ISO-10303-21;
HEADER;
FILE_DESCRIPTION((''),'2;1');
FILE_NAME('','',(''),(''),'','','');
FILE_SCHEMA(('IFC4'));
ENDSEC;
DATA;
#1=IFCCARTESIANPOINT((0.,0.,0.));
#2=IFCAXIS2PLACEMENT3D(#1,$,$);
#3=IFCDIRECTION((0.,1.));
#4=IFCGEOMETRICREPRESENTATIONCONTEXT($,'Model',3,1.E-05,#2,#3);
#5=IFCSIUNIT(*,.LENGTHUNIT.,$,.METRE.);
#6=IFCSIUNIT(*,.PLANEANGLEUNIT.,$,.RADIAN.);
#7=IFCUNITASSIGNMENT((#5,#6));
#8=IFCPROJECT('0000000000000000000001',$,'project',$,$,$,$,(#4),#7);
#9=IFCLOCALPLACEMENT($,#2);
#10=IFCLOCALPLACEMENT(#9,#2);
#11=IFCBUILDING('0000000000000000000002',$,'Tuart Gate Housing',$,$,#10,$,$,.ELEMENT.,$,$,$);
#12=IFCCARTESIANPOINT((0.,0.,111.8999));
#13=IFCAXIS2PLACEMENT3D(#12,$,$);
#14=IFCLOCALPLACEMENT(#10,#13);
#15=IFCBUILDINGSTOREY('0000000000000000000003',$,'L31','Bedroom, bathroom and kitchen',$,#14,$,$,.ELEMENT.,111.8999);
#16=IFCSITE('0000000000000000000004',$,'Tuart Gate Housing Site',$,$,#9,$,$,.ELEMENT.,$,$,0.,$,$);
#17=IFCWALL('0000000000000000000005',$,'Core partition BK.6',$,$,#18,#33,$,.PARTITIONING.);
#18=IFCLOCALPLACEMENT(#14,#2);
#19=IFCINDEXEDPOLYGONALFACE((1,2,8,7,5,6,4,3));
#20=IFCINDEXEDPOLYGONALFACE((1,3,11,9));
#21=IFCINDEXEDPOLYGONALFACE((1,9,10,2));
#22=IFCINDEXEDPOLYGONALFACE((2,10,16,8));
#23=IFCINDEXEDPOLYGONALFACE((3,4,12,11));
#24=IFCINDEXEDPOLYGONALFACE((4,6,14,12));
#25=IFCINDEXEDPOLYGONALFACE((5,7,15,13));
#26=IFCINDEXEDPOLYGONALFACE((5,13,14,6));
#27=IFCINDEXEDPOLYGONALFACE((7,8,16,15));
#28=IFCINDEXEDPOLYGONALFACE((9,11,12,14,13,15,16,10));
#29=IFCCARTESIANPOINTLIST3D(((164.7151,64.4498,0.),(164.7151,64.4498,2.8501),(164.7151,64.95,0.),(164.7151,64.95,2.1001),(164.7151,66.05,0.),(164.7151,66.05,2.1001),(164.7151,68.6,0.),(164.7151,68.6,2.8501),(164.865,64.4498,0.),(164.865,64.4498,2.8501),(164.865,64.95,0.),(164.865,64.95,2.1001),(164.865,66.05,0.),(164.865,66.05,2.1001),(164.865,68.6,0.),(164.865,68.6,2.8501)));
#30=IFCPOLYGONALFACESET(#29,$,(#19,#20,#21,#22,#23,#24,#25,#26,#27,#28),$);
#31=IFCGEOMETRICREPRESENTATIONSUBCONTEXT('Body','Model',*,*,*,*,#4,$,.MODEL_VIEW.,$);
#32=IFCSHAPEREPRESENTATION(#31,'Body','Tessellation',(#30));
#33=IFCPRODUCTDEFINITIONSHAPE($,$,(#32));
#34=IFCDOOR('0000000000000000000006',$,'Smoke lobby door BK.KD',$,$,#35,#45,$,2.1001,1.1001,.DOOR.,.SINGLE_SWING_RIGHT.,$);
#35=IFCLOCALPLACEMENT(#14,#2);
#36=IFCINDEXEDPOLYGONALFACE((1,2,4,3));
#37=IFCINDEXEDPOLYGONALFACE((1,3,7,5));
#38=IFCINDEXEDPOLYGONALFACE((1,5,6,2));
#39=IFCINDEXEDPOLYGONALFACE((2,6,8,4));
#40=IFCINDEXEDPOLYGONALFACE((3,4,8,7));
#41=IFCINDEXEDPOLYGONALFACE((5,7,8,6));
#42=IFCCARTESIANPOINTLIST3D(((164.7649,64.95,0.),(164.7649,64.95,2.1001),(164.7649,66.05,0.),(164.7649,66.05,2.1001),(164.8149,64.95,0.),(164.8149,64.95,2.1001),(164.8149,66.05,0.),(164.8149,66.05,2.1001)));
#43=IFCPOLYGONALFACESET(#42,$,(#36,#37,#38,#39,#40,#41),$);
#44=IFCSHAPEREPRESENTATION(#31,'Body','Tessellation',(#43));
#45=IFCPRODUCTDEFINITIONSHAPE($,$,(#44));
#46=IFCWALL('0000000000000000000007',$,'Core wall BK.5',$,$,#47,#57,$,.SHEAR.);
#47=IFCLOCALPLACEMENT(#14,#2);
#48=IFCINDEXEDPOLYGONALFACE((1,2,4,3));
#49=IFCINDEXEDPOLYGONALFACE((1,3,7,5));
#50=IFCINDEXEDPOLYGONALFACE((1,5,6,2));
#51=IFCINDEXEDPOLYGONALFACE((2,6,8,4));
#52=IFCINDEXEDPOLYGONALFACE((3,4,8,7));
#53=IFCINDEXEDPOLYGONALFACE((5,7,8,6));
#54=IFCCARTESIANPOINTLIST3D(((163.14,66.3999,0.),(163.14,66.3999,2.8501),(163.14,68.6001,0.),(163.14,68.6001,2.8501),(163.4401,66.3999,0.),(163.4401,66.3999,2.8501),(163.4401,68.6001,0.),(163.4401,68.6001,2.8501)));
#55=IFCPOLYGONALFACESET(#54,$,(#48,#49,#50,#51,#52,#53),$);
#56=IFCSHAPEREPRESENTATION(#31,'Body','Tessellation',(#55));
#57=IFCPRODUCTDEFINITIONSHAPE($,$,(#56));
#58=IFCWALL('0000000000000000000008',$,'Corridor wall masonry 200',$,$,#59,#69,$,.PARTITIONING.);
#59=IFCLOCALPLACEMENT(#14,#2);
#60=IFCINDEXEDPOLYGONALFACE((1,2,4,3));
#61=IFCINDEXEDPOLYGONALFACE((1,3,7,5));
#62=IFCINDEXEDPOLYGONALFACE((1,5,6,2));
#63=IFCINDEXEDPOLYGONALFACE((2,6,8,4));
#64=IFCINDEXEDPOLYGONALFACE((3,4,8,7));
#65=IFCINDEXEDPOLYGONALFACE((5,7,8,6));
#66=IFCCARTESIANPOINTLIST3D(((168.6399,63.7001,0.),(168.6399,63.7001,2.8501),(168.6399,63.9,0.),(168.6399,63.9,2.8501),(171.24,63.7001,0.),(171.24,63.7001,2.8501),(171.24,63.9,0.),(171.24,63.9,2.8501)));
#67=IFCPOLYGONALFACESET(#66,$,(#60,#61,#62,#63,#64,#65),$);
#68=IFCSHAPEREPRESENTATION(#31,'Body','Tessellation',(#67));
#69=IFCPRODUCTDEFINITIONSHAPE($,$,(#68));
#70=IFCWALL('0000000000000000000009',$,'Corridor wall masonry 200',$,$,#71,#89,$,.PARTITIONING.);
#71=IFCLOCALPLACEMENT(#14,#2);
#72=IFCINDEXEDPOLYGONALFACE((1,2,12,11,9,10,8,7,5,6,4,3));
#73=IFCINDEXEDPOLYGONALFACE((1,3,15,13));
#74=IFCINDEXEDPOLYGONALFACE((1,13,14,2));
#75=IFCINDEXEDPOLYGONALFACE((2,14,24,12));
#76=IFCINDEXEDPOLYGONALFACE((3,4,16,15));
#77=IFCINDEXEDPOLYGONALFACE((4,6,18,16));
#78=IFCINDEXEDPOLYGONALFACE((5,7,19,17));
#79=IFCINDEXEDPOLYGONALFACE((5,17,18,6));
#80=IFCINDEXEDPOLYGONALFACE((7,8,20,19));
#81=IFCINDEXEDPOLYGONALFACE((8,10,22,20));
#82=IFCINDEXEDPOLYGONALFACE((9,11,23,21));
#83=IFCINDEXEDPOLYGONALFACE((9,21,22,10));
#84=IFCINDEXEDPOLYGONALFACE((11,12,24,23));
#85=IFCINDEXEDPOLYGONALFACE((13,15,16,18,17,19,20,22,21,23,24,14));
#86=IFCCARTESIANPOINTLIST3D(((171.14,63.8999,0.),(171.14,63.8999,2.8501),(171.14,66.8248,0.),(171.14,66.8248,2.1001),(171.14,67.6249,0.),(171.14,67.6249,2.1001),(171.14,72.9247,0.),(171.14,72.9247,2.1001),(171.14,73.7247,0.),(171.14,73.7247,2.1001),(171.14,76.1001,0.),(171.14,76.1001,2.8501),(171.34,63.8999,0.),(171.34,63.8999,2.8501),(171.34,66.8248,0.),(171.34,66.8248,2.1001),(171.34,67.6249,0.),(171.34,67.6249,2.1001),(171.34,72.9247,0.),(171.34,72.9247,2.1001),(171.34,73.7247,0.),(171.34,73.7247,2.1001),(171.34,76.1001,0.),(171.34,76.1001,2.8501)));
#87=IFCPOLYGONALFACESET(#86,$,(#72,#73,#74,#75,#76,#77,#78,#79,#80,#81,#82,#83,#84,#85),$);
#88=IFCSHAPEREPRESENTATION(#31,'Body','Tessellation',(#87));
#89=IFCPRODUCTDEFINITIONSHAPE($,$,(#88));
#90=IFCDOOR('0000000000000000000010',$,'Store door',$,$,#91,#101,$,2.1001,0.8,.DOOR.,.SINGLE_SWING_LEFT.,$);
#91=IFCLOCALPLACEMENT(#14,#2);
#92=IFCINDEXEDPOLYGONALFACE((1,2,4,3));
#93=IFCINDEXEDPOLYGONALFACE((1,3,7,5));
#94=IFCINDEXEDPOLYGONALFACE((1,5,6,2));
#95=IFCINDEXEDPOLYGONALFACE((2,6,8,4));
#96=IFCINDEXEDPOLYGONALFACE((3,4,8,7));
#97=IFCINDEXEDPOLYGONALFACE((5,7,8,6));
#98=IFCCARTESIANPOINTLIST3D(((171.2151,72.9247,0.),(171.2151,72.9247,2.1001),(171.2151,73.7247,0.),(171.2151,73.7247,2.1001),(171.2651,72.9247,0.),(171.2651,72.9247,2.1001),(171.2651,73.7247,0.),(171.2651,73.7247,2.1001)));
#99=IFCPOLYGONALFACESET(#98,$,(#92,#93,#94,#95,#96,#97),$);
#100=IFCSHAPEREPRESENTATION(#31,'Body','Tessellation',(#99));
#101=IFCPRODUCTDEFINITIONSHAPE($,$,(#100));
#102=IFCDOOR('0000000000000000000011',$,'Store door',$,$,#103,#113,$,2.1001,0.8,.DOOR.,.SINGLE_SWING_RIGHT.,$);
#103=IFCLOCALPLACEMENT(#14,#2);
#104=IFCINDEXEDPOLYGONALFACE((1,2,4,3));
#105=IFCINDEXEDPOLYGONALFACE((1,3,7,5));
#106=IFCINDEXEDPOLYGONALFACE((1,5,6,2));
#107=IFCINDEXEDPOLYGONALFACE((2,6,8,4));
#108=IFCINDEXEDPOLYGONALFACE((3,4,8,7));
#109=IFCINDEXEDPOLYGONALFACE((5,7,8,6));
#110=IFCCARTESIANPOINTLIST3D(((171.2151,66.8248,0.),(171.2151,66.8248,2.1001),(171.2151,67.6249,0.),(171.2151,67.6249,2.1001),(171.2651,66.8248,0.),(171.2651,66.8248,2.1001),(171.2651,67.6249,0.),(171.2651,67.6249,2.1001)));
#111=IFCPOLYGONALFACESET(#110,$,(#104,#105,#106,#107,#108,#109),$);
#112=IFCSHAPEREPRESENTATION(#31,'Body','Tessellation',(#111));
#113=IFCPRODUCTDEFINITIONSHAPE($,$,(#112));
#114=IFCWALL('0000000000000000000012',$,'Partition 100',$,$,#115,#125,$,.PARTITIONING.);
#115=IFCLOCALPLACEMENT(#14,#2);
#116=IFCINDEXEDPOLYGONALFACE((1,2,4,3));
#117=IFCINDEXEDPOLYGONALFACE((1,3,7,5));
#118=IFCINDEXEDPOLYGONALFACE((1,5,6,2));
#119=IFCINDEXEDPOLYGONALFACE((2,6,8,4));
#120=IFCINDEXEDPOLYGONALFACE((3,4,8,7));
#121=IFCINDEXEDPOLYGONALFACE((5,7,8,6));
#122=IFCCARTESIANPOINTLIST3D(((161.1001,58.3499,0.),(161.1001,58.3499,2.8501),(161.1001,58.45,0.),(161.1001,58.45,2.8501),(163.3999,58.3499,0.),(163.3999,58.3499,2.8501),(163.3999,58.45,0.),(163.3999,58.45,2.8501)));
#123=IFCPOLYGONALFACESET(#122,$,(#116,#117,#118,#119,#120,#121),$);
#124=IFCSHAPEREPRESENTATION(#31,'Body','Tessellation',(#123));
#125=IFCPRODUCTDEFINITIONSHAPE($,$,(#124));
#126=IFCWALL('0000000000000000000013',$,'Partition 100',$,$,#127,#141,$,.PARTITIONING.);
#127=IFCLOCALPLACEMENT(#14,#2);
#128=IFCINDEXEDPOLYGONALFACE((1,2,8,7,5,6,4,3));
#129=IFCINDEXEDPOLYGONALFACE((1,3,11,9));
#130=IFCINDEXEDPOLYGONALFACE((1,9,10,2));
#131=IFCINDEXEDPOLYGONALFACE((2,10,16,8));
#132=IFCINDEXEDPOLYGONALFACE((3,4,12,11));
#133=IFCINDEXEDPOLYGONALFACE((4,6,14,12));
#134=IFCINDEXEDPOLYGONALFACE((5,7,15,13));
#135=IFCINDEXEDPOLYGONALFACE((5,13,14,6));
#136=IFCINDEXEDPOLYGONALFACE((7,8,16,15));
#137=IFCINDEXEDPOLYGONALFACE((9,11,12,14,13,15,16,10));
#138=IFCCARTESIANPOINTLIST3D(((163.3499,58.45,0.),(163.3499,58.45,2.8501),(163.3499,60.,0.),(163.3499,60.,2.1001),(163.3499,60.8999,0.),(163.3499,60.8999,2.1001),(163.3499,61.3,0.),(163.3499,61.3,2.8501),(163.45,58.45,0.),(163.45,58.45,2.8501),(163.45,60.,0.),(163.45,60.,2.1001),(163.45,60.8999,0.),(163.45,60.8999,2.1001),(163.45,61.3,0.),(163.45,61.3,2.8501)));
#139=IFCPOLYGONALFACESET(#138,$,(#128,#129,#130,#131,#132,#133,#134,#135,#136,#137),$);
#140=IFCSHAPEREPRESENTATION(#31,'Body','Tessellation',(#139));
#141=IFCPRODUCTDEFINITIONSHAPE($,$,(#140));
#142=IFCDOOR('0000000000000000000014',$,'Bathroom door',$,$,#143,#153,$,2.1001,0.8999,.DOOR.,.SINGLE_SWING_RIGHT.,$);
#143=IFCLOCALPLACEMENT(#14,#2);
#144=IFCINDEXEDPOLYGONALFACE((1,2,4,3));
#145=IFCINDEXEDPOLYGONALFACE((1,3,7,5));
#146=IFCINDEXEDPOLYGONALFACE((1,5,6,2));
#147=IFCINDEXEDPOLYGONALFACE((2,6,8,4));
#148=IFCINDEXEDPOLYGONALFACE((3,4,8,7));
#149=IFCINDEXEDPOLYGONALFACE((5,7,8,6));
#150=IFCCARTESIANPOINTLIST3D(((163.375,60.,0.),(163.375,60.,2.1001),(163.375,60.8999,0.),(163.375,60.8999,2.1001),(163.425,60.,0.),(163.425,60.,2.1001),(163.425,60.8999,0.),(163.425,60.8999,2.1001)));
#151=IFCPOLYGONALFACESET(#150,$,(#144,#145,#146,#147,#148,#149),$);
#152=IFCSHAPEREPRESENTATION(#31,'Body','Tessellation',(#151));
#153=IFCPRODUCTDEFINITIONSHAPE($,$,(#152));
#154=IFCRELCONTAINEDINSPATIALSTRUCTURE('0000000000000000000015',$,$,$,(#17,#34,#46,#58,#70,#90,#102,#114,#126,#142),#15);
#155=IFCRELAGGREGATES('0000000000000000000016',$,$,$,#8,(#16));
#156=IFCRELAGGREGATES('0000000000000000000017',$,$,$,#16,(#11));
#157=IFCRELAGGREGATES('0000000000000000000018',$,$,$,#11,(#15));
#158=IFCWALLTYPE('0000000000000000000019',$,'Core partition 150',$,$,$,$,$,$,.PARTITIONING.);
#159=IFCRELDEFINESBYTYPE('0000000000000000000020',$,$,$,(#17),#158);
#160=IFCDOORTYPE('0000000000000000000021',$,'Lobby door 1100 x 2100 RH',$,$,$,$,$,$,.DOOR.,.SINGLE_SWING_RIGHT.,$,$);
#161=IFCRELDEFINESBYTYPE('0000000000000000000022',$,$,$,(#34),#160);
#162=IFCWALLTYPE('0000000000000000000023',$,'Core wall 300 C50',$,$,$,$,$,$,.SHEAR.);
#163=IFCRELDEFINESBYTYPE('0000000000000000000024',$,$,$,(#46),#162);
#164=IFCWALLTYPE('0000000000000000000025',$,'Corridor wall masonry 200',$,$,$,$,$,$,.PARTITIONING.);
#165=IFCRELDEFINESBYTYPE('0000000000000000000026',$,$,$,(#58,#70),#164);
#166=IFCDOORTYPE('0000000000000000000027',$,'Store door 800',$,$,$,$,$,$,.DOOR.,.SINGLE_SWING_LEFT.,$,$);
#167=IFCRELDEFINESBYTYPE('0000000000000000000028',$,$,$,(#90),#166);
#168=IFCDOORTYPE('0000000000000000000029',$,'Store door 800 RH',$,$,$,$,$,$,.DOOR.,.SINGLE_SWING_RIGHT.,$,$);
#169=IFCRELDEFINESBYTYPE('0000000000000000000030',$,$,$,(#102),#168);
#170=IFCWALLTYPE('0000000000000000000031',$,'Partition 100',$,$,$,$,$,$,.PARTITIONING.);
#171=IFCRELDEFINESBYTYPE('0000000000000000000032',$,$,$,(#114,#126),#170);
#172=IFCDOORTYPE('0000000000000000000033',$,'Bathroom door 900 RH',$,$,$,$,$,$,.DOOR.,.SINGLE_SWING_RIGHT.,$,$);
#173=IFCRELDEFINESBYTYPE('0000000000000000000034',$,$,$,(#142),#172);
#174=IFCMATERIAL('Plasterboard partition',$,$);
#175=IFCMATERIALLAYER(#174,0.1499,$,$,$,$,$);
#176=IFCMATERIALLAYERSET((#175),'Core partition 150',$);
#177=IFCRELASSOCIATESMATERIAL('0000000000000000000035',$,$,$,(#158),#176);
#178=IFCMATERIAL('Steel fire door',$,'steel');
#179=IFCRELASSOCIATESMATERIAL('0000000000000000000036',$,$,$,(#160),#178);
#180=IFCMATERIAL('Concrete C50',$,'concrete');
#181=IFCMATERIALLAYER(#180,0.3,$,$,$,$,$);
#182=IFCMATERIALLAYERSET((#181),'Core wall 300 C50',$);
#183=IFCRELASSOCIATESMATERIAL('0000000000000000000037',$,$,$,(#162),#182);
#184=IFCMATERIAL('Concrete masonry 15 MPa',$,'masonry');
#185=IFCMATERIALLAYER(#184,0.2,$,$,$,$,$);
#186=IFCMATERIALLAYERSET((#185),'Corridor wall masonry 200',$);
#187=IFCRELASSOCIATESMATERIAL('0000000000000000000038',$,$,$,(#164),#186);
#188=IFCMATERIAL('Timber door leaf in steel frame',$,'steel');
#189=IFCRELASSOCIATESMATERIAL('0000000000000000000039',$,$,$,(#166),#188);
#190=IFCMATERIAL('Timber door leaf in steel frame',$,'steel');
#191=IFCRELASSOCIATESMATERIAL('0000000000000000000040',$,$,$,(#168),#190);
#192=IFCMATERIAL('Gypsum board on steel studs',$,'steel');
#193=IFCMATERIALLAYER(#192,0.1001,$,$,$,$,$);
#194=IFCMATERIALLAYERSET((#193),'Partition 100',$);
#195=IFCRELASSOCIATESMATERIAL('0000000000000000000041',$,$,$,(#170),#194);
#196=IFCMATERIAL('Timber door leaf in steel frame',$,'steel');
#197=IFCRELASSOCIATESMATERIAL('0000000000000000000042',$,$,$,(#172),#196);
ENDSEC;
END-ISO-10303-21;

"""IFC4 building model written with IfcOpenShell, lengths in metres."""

from ifc_helpers import new_model, si_unit, direction, frame, frame_2d, origin, place, context, subcontext, project, spatial, rectangle, extrude, material, layer, layer_set, type_object, element, fill, save


model = new_model("IFC4")

# Units and contexts
model_context = context("Model", 3, precision=1e-05, world=origin(), true_north=direction((0.0, 1.0)))
body_context = subcontext(model_context, "Body", "Model", "MODEL_VIEW")
ifc_project = project(units=[si_unit("LENGTHUNIT", "METRE"), si_unit("PLANEANGLEUNIT", "RADIAN")], contexts=[model_context])

# Site, building, storey
site_placement = place(None, origin())
site = spatial("IfcSite", under=ifc_project, at=site_placement, Name="Tuart Gate Housing Site", CompositionType="ELEMENT", RefElevation=0.0)
building_placement = place(site_placement, origin())
building = spatial("IfcBuilding", under=site, at=building_placement, Name="Tuart Gate Housing", CompositionType="ELEMENT")
storey_placement = place(building_placement, frame((0.0, 0.0, 111.8999)))
storey = spatial("IfcBuildingStorey", under=building, at=storey_placement, Name="L31", Description="Bedroom, bathroom and kitchen", CompositionType="ELEMENT", Elevation=111.8999)

# Wall, opening, door
ifc_material_1 = material(Name="Plasterboard partition")
ifc_layer_1 = layer(ifc_material_1, 0.1499)
ifc_layer_set_1 = layer_set([ifc_layer_1], Name="Core partition 150")
wall_type_1 = type_object("IfcWallType", Name="Core partition 150", PredefinedType="PARTITIONING", material=ifc_layer_set_1)
wall_1_placement = place(storey_placement, frame((164.79, 68.6001, 0.0), z_axis=(0.0, 0.0, 1.0), x_axis=(0.0, -1.0, 0.0)))
wall_1 = element("IfcWall", 1, at=wall_1_placement, inside=storey, type_object=wall_type_1, Name="Core partition BK.6", PredefinedType="PARTITIONING", context=body_context, shape_type="SweptSolid", body=[
    extrude(rectangle(XDim=4.1501, YDim=0.1499, at=frame_2d((2.0752, 0.0))), origin(), (0.0, 0.0, 1.0), 2.8501),
])
opening_1_placement = place(wall_1_placement, frame((2.55, 0.0, 0.0)))
opening_1 = element("IfcOpeningElement", 2, at=opening_1_placement, cuts=wall_1, PredefinedType="OPENING", context=body_context, shape_type="SweptSolid", body=[
    extrude(rectangle(XDim=1.1001, YDim=2.1001, at=frame_2d((0.55, 1.05))), frame((0.0, 0.085, 0.0), z_axis=(0.0, -1.0, 0.0), x_axis=(1.0, 0.0, 0.0)), (0.0, 0.0, 1.0), 0.1699),
])
ifc_material_2 = material(Name="Steel fire door", Category="steel")
door_type_1 = type_object("IfcDoorType", Name="Lobby door 1100 x 2100 RH", OperationType="SINGLE_SWING_RIGHT", PredefinedType="DOOR", material=ifc_material_2)
door_1_placement = place(opening_1_placement, origin())
door_1 = element("IfcDoor", 3, at=door_1_placement, inside=storey, type_object=door_type_1, Name="Smoke lobby door BK.KD", OperationType="SINGLE_SWING_RIGHT", OverallHeight=2.1001, OverallWidth=1.1001, PredefinedType="DOOR", context=body_context, shape_type="SweptSolid", body=[
    extrude(rectangle(XDim=1.1001, YDim=2.1001, at=frame_2d((0.55, 1.05))), frame((0.0, 0.0249, 0.0), z_axis=(0.0, -1.0, 0.0), x_axis=(1.0, 0.0, 0.0)), (0.0, 0.0, 1.0), 0.05),
])
fill(opening_1, door_1)

# Walls
ifc_material_3 = material(Name="Concrete C50", Category="concrete")
ifc_layer_2 = layer(ifc_material_3, 0.3)
ifc_layer_set_2 = layer_set([ifc_layer_2], Name="Core wall 300 C50")
wall_type_2 = type_object("IfcWallType", Name="Core wall 300 C50", PredefinedType="SHEAR", material=ifc_layer_set_2)
wall_2_placement = place(storey_placement, frame((163.29, 68.6001, 0.0), z_axis=(0.0, 0.0, 1.0), x_axis=(0.0, -1.0, 0.0)))
element("IfcWall", 4, at=wall_2_placement, inside=storey, type_object=wall_type_2, Name="Core wall BK.5", PredefinedType="SHEAR", context=body_context, shape_type="SweptSolid", body=[
    extrude(rectangle(XDim=2.2002, YDim=0.3, at=frame_2d((1.1001, 0.0))), origin(), (0.0, 0.0, 1.0), 2.8501),
])
ifc_material_4 = material(Name="Concrete masonry 15 MPa", Category="masonry")
ifc_layer_3 = layer(ifc_material_4, 0.2)
ifc_layer_set_3 = layer_set([ifc_layer_3], Name="Corridor wall masonry 200")
wall_type_3 = type_object("IfcWallType", Name="Corridor wall masonry 200", PredefinedType="PARTITIONING", material=ifc_layer_set_3)
wall_3_placement = place(storey_placement, frame((168.6399, 63.8, 0.0), z_axis=(0.0, 0.0, 1.0), x_axis=(1.0, 0.0, 0.0)))
element("IfcWall", 5, at=wall_3_placement, inside=storey, type_object=wall_type_3, Name="Corridor wall masonry 200", PredefinedType="PARTITIONING", context=body_context, shape_type="SweptSolid", body=[
    extrude(rectangle(XDim=2.6001, YDim=0.2, at=frame_2d((1.3, 0.0))), origin(), (0.0, 0.0, 1.0), 2.8501),
])

# Wall, openings, doors
wall_4_placement = place(storey_placement, frame((171.24, 63.8999, 0.0), z_axis=(0.0, 0.0, 1.0), x_axis=(0.0, 1.0, 0.0)))
wall_4 = element("IfcWall", 6, at=wall_4_placement, inside=storey, type_object=wall_type_3, Name="Corridor wall masonry 200", PredefinedType="PARTITIONING", context=body_context, shape_type="SweptSolid", body=[
    extrude(rectangle(XDim=12.2002, YDim=0.2, at=frame_2d((6.1001, 0.0))), origin(), (0.0, 0.0, 1.0), 2.8501),
])
opening_2_placement = place(wall_4_placement, frame((2.925, 0.0, 0.0)))
opening_2 = element("IfcOpeningElement", 7, at=opening_2_placement, cuts=wall_4, PredefinedType="OPENING", context=body_context, shape_type="SweptSolid", body=[
    extrude(rectangle(XDim=0.8, YDim=2.1001, at=frame_2d((0.3999, 1.05))), frame((0.0, 0.1099, 0.0), z_axis=(0.0, -1.0, 0.0), x_axis=(1.0, 0.0, 0.0)), (0.0, 0.0, 1.0), 0.22),
])
opening_3_placement = place(wall_4_placement, frame((9.0249, 0.0, 0.0)))
opening_3 = element("IfcOpeningElement", 8, at=opening_3_placement, cuts=wall_4, PredefinedType="OPENING", context=body_context, shape_type="SweptSolid", body=[
    extrude(rectangle(XDim=0.8, YDim=2.1001, at=frame_2d((0.3999, 1.05))), frame((0.0, 0.1099, 0.0), z_axis=(0.0, -1.0, 0.0), x_axis=(1.0, 0.0, 0.0)), (0.0, 0.0, 1.0), 0.22),
])
ifc_material_5 = material(Name="Timber door leaf in steel frame", Category="steel")
door_type_2 = type_object("IfcDoorType", Name="Store door 800", OperationType="SINGLE_SWING_LEFT", PredefinedType="DOOR", material=ifc_material_5)
door_2_placement = place(opening_3_placement, origin())
door_2 = element("IfcDoor", 9, at=door_2_placement, inside=storey, type_object=door_type_2, Name="Store door", OperationType="SINGLE_SWING_LEFT", OverallHeight=2.1001, OverallWidth=0.8, PredefinedType="DOOR", context=body_context, shape_type="SweptSolid", body=[
    extrude(rectangle(XDim=0.8, YDim=2.1001, at=frame_2d((0.3999, 1.05))), frame((0.0, 0.0249, 0.0), z_axis=(0.0, -1.0, 0.0), x_axis=(1.0, 0.0, 0.0)), (0.0, 0.0, 1.0), 0.05),
])
fill(opening_3, door_2)
ifc_material_6 = material(Name="Timber door leaf in steel frame", Category="steel")
door_type_3 = type_object("IfcDoorType", Name="Store door 800 RH", OperationType="SINGLE_SWING_RIGHT", PredefinedType="DOOR", material=ifc_material_6)
door_3_placement = place(opening_2_placement, origin())
door_3 = element("IfcDoor", 10, at=door_3_placement, inside=storey, type_object=door_type_3, Name="Store door", OperationType="SINGLE_SWING_RIGHT", OverallHeight=2.1001, OverallWidth=0.8, PredefinedType="DOOR", context=body_context, shape_type="SweptSolid", body=[
    extrude(rectangle(XDim=0.8, YDim=2.1001, at=frame_2d((0.3999, 1.05))), frame((0.0, 0.0249, 0.0), z_axis=(0.0, -1.0, 0.0), x_axis=(1.0, 0.0, 0.0)), (0.0, 0.0, 1.0), 0.05),
])
fill(opening_2, door_3)

# Wall
ifc_material_7 = material(Name="Gypsum board on steel studs", Category="steel")
ifc_layer_4 = layer(ifc_material_7, 0.1001)
ifc_layer_set_4 = layer_set([ifc_layer_4], Name="Partition 100")
wall_type_4 = type_object("IfcWallType", Name="Partition 100", PredefinedType="PARTITIONING", material=ifc_layer_set_4)
wall_5_placement = place(storey_placement, frame((161.1001, 58.3999, 0.0), z_axis=(0.0, 0.0, 1.0), x_axis=(1.0, 0.0, 0.0)))
element("IfcWall", 11, at=wall_5_placement, inside=storey, type_object=wall_type_4, Name="Partition 100", PredefinedType="PARTITIONING", context=body_context, shape_type="SweptSolid", body=[
    extrude(rectangle(XDim=2.2998, YDim=0.1001, at=frame_2d((1.1499, 0.0))), origin(), (0.0, 0.0, 1.0), 2.8501),
])

# Wall, opening, door
wall_6_placement = place(storey_placement, frame((163.3999, 58.45, 0.0), z_axis=(0.0, 0.0, 1.0), x_axis=(0.0, 1.0, 0.0)))
wall_6 = element("IfcWall", 12, at=wall_6_placement, inside=storey, type_object=wall_type_4, Name="Partition 100", PredefinedType="PARTITIONING", context=body_context, shape_type="SweptSolid", body=[
    extrude(rectangle(XDim=2.8501, YDim=0.1001, at=frame_2d((1.425, 0.0))), origin(), (0.0, 0.0, 1.0), 2.8501),
])
opening_4_placement = place(wall_6_placement, frame((1.55, 0.0, 0.0)))
opening_4 = element("IfcOpeningElement", 13, at=opening_4_placement, cuts=wall_6, PredefinedType="OPENING", context=body_context, shape_type="SweptSolid", body=[
    extrude(rectangle(XDim=0.8999, YDim=2.1001, at=frame_2d((0.45, 1.05))), frame((0.0, 0.0601, 0.0), z_axis=(0.0, -1.0, 0.0), x_axis=(1.0, 0.0, 0.0)), (0.0, 0.0, 1.0), 0.1201),
])
ifc_material_8 = material(Name="Timber door leaf in steel frame", Category="steel")
door_type_4 = type_object("IfcDoorType", Name="Bathroom door 900 RH", OperationType="SINGLE_SWING_RIGHT", PredefinedType="DOOR", material=ifc_material_8)
door_4_placement = place(opening_4_placement, origin())
door_4 = element("IfcDoor", 14, at=door_4_placement, inside=storey, type_object=door_type_4, Name="Bathroom door", OperationType="SINGLE_SWING_RIGHT", OverallHeight=2.1001, OverallWidth=0.8999, PredefinedType="DOOR", context=body_context, shape_type="SweptSolid", body=[
    extrude(rectangle(XDim=0.8999, YDim=2.1001, at=frame_2d((0.45, 1.05))), frame((0.0, 0.0249, 0.0), z_axis=(0.0, -1.0, 0.0), x_axis=(1.0, 0.0, 0.0)), (0.0, 0.0, 1.0), 0.05),
])
fill(opening_4, door_4)

save(model, "model.ifc")
